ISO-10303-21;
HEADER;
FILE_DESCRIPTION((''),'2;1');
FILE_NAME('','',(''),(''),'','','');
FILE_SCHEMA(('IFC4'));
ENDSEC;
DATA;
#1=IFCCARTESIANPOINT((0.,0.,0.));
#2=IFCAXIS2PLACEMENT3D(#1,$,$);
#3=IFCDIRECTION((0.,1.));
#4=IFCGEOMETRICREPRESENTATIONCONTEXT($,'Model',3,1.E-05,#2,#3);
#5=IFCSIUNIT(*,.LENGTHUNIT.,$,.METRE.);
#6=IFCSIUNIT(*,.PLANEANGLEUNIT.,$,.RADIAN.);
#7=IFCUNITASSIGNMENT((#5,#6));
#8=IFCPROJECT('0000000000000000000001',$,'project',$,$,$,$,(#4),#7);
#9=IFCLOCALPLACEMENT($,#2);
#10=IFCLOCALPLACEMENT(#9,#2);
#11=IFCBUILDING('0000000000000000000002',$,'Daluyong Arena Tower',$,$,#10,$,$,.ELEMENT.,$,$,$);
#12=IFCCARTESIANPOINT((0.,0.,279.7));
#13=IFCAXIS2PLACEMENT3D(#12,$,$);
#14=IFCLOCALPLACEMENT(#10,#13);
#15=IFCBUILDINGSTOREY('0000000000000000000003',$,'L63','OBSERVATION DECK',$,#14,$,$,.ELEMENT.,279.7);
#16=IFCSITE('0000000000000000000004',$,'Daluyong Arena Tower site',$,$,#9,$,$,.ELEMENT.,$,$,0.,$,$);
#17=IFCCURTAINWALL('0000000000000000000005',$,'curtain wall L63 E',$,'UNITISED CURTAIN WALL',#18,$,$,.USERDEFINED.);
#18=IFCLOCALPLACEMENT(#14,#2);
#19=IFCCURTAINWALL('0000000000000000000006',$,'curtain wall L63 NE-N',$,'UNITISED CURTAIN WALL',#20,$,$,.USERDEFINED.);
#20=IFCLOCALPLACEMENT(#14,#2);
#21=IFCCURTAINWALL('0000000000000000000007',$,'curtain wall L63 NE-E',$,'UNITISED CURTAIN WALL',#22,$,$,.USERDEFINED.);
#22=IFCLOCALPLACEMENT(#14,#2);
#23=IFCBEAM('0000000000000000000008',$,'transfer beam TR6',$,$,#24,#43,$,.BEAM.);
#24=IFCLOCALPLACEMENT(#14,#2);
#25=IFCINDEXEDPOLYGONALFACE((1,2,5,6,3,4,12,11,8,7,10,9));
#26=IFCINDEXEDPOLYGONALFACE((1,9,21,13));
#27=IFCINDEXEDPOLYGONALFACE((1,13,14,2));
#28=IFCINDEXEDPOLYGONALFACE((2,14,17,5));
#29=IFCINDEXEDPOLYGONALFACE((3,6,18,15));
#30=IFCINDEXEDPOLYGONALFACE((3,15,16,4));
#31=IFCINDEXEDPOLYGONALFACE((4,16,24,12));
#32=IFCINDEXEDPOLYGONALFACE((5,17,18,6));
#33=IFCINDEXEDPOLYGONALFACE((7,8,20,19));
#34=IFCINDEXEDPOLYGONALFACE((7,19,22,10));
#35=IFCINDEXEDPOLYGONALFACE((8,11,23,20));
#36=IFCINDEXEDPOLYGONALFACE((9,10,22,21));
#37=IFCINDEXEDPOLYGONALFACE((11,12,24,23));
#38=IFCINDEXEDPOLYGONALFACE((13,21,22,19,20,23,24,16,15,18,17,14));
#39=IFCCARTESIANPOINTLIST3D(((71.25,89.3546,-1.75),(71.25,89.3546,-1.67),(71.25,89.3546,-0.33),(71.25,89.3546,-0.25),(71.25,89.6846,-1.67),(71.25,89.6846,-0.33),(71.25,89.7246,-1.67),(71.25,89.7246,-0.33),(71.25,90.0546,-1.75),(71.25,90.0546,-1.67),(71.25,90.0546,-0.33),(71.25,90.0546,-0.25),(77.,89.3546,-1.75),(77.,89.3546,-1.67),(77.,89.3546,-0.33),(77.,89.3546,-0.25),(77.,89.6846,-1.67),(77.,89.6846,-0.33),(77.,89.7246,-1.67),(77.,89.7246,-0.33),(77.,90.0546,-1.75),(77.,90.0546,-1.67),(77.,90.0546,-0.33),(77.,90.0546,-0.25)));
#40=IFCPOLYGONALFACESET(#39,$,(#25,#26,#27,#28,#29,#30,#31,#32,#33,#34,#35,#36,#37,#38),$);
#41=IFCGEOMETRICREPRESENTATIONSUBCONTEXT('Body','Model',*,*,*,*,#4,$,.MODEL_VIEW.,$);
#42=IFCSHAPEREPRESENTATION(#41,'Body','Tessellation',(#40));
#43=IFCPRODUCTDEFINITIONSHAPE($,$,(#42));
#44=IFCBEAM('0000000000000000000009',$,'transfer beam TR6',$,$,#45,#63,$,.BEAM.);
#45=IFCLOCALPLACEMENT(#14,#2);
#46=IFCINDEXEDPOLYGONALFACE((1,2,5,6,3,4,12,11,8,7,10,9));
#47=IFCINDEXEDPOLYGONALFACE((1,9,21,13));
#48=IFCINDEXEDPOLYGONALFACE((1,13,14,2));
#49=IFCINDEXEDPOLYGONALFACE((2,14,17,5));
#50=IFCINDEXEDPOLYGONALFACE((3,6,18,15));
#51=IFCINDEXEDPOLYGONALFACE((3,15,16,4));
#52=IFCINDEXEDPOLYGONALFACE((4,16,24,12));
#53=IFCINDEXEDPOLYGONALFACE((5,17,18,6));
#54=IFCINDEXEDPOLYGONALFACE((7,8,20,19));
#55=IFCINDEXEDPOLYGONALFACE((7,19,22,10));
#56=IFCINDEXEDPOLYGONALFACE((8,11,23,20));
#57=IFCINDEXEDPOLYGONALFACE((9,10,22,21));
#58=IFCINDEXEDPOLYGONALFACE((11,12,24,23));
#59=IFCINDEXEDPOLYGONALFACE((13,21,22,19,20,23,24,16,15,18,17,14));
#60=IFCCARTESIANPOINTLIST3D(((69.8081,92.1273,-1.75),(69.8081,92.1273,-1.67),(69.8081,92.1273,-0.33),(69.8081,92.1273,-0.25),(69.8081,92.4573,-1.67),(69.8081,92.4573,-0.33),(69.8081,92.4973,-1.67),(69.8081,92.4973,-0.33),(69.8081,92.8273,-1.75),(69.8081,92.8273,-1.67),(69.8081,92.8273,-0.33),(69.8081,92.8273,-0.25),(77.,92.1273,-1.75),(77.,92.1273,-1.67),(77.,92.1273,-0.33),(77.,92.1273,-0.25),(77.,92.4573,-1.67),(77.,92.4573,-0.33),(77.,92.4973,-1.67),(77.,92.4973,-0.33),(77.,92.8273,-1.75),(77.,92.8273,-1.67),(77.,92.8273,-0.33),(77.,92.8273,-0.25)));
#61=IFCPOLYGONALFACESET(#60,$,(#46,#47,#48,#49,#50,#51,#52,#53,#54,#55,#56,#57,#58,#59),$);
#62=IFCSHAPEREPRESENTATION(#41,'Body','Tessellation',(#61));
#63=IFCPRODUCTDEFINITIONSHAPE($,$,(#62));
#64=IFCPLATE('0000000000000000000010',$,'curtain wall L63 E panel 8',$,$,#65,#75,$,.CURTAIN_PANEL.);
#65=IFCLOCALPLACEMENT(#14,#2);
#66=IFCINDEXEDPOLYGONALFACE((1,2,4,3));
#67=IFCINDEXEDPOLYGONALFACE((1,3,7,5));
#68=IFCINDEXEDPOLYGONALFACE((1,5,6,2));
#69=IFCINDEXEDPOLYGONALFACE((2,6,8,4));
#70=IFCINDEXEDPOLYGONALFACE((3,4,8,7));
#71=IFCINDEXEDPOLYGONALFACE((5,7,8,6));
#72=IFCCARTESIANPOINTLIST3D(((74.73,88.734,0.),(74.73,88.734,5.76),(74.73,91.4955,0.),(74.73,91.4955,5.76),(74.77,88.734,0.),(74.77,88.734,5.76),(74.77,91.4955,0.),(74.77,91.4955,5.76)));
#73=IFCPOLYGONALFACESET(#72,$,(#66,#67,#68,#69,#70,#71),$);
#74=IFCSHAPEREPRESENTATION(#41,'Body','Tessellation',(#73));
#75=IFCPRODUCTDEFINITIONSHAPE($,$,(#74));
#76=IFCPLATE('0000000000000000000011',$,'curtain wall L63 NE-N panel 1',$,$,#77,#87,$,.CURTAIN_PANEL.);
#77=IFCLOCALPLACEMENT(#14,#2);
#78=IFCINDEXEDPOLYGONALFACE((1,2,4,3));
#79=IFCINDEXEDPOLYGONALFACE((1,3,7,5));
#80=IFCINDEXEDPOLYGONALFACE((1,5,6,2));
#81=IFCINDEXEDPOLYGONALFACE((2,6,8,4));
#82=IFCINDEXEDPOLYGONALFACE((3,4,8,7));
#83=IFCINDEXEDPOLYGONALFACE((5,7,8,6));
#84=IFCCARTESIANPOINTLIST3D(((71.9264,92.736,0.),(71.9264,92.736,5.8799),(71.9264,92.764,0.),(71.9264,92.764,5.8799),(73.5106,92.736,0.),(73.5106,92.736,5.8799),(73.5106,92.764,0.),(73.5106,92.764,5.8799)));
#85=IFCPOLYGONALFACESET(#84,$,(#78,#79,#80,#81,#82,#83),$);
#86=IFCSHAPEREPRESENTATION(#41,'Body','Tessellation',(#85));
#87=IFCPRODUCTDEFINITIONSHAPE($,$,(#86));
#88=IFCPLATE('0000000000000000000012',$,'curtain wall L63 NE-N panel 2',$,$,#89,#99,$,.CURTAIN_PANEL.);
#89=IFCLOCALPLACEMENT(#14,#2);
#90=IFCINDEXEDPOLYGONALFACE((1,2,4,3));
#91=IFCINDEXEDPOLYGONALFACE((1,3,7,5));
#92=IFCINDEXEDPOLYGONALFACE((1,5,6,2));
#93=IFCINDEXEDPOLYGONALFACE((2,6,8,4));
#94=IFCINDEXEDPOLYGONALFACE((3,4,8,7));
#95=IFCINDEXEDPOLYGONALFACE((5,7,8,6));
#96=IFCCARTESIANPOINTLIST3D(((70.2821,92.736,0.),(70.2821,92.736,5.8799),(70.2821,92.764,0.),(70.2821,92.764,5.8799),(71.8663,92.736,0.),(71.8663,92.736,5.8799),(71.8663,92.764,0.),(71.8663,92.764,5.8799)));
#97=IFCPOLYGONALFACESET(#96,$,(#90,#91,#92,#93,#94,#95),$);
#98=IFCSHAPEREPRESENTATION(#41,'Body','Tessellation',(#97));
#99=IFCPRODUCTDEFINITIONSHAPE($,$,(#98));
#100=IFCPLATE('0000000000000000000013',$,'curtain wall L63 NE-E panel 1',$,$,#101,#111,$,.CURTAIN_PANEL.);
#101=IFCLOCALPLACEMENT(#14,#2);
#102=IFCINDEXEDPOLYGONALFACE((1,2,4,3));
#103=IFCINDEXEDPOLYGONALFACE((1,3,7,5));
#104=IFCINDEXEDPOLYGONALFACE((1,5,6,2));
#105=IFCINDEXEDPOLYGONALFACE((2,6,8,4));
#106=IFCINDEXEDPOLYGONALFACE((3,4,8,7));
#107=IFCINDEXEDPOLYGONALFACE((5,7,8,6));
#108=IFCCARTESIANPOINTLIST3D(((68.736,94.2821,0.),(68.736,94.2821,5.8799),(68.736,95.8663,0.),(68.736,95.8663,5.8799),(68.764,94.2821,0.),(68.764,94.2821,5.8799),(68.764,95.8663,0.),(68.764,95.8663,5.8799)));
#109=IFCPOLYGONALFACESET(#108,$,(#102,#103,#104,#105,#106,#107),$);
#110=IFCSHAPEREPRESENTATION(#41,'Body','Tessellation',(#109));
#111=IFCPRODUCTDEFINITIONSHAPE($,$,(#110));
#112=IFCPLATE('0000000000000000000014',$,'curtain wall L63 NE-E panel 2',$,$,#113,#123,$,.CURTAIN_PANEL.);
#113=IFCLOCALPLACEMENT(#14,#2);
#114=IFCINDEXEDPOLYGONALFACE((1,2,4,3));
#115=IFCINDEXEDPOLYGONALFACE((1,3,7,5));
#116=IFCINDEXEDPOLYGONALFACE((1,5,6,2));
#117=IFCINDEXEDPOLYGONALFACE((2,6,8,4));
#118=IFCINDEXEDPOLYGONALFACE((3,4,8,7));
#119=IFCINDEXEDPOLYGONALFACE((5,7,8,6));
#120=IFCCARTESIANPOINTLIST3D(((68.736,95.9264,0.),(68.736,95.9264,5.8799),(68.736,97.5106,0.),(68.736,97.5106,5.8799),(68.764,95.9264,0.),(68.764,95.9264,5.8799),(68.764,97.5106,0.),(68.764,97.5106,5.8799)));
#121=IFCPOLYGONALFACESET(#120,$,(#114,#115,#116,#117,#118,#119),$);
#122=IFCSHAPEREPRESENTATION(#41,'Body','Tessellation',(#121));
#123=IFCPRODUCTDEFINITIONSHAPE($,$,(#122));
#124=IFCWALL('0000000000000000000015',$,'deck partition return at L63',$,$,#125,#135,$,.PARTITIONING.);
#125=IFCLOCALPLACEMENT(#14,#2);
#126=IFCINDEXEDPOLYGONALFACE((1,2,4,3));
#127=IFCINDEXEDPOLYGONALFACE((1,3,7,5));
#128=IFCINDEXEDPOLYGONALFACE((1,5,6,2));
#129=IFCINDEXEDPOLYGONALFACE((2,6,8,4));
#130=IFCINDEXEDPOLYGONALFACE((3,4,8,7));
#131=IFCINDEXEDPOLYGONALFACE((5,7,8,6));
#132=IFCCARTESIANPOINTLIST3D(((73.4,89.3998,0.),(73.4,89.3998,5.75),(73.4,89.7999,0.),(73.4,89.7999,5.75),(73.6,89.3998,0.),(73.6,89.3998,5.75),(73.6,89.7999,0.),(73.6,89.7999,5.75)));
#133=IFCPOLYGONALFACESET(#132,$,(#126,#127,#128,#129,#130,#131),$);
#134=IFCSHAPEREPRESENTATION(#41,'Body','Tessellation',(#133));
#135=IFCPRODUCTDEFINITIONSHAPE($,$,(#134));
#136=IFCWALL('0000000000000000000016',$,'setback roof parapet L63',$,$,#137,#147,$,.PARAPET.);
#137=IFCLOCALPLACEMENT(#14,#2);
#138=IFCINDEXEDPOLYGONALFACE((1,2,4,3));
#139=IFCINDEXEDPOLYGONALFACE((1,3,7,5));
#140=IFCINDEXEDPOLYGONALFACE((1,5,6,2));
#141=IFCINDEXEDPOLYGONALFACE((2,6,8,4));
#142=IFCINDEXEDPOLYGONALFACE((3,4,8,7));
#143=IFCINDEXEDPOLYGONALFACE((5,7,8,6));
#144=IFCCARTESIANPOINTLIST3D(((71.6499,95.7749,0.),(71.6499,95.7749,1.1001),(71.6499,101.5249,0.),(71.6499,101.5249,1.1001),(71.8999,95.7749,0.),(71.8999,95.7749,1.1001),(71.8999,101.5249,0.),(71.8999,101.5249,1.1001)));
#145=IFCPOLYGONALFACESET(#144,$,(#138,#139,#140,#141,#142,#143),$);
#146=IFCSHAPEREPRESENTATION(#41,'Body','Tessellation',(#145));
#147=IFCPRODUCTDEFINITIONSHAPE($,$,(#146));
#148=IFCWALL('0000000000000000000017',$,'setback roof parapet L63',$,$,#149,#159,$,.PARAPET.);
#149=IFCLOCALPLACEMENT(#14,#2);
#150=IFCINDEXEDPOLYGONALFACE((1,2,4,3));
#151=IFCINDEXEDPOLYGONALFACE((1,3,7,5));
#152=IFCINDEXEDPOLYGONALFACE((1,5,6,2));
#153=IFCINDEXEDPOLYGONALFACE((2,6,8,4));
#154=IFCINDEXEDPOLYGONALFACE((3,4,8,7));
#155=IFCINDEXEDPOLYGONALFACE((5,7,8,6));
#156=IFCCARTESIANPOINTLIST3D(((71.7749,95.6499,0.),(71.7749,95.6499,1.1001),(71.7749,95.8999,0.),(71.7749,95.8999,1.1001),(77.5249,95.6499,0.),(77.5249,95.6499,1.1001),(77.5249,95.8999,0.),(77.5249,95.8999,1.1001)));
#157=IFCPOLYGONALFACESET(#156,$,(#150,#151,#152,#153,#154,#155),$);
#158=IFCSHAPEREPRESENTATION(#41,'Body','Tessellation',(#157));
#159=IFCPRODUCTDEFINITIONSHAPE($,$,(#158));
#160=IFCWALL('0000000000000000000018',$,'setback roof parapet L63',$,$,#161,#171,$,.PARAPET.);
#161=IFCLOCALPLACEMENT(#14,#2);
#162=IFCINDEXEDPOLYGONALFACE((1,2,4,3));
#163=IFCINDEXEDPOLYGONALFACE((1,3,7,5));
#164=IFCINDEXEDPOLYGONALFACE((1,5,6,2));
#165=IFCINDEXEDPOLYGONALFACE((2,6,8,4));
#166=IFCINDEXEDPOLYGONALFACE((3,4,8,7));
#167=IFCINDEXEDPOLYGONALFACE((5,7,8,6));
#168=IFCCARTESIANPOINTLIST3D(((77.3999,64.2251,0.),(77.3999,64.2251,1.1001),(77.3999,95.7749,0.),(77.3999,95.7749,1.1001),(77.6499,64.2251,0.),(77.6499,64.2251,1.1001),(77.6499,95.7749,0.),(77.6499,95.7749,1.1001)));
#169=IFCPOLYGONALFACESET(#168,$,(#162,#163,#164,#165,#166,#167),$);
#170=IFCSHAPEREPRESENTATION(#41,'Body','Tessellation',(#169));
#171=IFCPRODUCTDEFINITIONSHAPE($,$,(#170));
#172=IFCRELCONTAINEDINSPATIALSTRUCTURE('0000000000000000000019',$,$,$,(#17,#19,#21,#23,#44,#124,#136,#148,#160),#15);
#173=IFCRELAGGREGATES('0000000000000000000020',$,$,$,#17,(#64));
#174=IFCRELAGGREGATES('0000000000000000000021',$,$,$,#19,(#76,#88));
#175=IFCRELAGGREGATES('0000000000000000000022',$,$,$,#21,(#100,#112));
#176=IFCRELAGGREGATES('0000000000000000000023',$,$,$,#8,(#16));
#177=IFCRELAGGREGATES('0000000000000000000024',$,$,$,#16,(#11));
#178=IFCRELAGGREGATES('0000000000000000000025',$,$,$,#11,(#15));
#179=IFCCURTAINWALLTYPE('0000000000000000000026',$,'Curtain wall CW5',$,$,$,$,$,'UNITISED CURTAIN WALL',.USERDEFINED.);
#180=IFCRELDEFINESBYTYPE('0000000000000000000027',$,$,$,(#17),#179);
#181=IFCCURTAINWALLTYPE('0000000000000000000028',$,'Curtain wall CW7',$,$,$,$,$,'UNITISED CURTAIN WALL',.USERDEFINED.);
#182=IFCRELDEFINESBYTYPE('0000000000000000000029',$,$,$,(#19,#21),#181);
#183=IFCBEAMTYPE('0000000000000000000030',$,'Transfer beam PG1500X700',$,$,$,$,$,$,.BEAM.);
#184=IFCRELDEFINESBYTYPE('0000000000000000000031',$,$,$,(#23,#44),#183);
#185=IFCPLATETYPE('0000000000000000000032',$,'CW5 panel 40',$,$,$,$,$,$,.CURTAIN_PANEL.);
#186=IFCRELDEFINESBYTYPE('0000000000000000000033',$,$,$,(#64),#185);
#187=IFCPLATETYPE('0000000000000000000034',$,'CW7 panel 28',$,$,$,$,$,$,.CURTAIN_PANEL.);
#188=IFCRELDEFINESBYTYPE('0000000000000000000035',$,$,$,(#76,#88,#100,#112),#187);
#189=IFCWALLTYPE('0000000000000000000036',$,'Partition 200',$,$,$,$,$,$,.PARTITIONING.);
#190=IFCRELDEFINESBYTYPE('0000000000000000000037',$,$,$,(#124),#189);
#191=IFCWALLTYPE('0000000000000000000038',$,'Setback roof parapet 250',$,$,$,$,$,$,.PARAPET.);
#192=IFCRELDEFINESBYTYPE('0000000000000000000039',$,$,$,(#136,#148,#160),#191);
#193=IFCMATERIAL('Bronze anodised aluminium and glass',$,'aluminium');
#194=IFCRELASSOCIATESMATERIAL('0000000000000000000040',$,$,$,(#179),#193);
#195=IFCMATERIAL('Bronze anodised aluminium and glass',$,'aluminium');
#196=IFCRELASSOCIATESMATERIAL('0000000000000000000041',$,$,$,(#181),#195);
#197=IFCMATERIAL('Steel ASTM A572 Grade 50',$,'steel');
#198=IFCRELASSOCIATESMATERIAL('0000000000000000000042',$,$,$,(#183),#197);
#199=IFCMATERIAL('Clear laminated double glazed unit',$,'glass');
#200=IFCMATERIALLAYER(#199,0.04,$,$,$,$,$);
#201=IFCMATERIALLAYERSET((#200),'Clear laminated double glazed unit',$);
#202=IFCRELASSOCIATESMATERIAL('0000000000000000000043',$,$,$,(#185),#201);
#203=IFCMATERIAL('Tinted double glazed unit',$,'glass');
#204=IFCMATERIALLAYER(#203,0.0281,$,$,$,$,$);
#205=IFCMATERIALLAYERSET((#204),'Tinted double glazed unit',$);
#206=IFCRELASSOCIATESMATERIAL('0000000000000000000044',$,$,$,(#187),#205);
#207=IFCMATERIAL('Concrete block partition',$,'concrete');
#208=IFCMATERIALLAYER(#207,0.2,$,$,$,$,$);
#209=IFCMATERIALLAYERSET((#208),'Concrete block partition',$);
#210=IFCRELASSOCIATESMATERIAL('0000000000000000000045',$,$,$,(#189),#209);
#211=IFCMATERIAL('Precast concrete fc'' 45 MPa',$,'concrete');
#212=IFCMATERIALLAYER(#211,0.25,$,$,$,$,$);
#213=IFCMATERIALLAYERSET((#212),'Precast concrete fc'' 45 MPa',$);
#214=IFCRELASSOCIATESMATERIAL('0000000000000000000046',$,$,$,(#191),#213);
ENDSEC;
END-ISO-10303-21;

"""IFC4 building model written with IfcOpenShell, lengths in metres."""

from ifc_helpers import new_model, si_unit, direction, frame, frame_2d, origin, origin_2d, place, context, subcontext, project, spatial, rectangle, i_section, extrude, material, layer, layer_set, material_profile, profile_set, type_object, element, aggregate, save


model = new_model("IFC4")

# Units and contexts
model_context = context("Model", 3, precision=1e-05, world=origin(), true_north=direction((0.0, 1.0)))
body_context = subcontext(model_context, "Body", "Model", "MODEL_VIEW")
ifc_project = project(units=[si_unit("LENGTHUNIT", "METRE"), si_unit("PLANEANGLEUNIT", "RADIAN")], contexts=[model_context])

# Site, building, storey
site_placement = place(None, origin())
site = spatial("IfcSite", under=ifc_project, at=site_placement, Name="Daluyong Arena Tower site", CompositionType="ELEMENT", RefElevation=0.0)
building_placement = place(site_placement, origin())
building = spatial("IfcBuilding", under=site, at=building_placement, Name="Daluyong Arena Tower", CompositionType="ELEMENT")
storey_placement = place(building_placement, frame((0.0, 0.0, 279.7)))
storey = spatial("IfcBuildingStorey", under=building, at=storey_placement, Name="L63", Description="OBSERVATION DECK", CompositionType="ELEMENT", Elevation=279.7)

# Curtain wall
ifc_material_1 = material(Name="Bronze anodised aluminium and glass", Category="aluminium")
curtain_wall_type_1 = type_object("IfcCurtainWallType", Name="Curtain wall CW5", ElementType="UNITISED CURTAIN WALL", PredefinedType="USERDEFINED", material=ifc_material_1)
curtain_wall_1_placement = place(storey_placement, origin())
curtain_wall_1 = element("IfcCurtainWall", 1, at=curtain_wall_1_placement, inside=storey, type_object=curtain_wall_type_1, Name="curtain wall L63 E", ObjectType="UNITISED CURTAIN WALL", PredefinedType="USERDEFINED")

# Curtain walls
ifc_material_2 = material(Name="Bronze anodised aluminium and glass", Category="aluminium")
curtain_wall_type_2 = type_object("IfcCurtainWallType", Name="Curtain wall CW7", ElementType="UNITISED CURTAIN WALL", PredefinedType="USERDEFINED", material=ifc_material_2)
curtain_wall_2_placement = place(storey_placement, origin())
curtain_wall_2 = element("IfcCurtainWall", 2, at=curtain_wall_2_placement, inside=storey, type_object=curtain_wall_type_2, Name="curtain wall L63 NE-N", ObjectType="UNITISED CURTAIN WALL", PredefinedType="USERDEFINED")
curtain_wall_3_placement = place(storey_placement, origin())
curtain_wall_3 = element("IfcCurtainWall", 3, at=curtain_wall_3_placement, inside=storey, type_object=curtain_wall_type_2, Name="curtain wall L63 NE-E", ObjectType="UNITISED CURTAIN WALL", PredefinedType="USERDEFINED")

# Beams
ifc_material_3 = material(Name="Steel ASTM A572 Grade 50", Category="steel")
ifc_material_profile_1 = material_profile(ifc_material_3, i_section(OverallWidth=0.7, OverallDepth=1.5, WebThickness=0.04, FlangeThickness=0.08, at=origin_2d()))
ifc_profile_set_1 = profile_set([ifc_material_profile_1], Name="Steel ASTM A572 Grade 50")
beam_type_1 = type_object("IfcBeamType", Name="Transfer beam PG1500X700", PredefinedType="BEAM", material=ifc_profile_set_1)
beam_1_placement = place(storey_placement, frame((77.0, 89.7046, -1.0), z_axis=(-1.0, 0.0, 0.0), x_axis=(0.0, -1.0, 0.0)))
element("IfcBeam", 4, at=beam_1_placement, inside=storey, type_object=beam_type_1, Name="transfer beam TR6", PredefinedType="BEAM", context=body_context, shape_type="SweptSolid", body=[
    extrude(i_section(OverallWidth=0.7, OverallDepth=1.5, WebThickness=0.04, FlangeThickness=0.08, at=origin_2d()), origin(), (0.0, 0.0, 1.0), 5.75),
])
beam_2_placement = place(storey_placement, frame((77.0, 92.4773, -1.0), z_axis=(-1.0, 0.0, 0.0), x_axis=(0.0, -1.0, 0.0)))
element("IfcBeam", 5, at=beam_2_placement, inside=storey, type_object=beam_type_1, Name="transfer beam TR6", PredefinedType="BEAM", context=body_context, shape_type="SweptSolid", body=[
    extrude(i_section(OverallWidth=0.7, OverallDepth=1.5, WebThickness=0.04, FlangeThickness=0.08, at=origin_2d()), origin(), (0.0, 0.0, 1.0), 7.1919),
])

# Plates
ifc_material_4 = material(Name="Clear laminated double glazed unit", Category="glass")
ifc_layer_1 = layer(ifc_material_4, 0.04)
ifc_layer_set_1 = layer_set([ifc_layer_1], Name="Clear laminated double glazed unit")
plate_type_1 = type_object("IfcPlateType", Name="CW5 panel 40", PredefinedType="CURTAIN_PANEL", material=ifc_layer_set_1)
plate_1_placement = place(storey_placement, frame((74.75, 90.1147, 0.0), z_axis=(0.0, 0.0, 1.0), x_axis=(0.0, 1.0, 0.0)))
plate_1 = element("IfcPlate", 6, at=plate_1_placement, type_object=plate_type_1, Name="curtain wall L63 E panel 8", PredefinedType="CURTAIN_PANEL", context=body_context, shape_type="SweptSolid", body=[
    extrude(rectangle(XDim=2.7615, YDim=0.04, at=origin_2d()), origin(), (0.0, 0.0, 1.0), 5.76),
])
aggregate(curtain_wall_1, [plate_1])
ifc_material_5 = material(Name="Tinted double glazed unit", Category="glass")
ifc_layer_2 = layer(ifc_material_5, 0.0281)
ifc_layer_set_2 = layer_set([ifc_layer_2], Name="Tinted double glazed unit")
plate_type_2 = type_object("IfcPlateType", Name="CW7 panel 28", PredefinedType="CURTAIN_PANEL", material=ifc_layer_set_2)
plate_2_placement = place(storey_placement, frame((72.7185, 92.75, 0.0), z_axis=(0.0, 0.0, 1.0), x_axis=(-1.0, 0.0, 0.0)))
plate_2 = element("IfcPlate", 7, at=plate_2_placement, type_object=plate_type_2, Name="curtain wall L63 NE-N panel 1", PredefinedType="CURTAIN_PANEL", context=body_context, shape_type="SweptSolid", body=[
    extrude(rectangle(XDim=1.5842, YDim=0.0281, at=origin_2d()), origin(), (0.0, 0.0, 1.0), 5.8799),
])
plate_3_placement = place(storey_placement, frame((71.0742, 92.75, 0.0), z_axis=(0.0, 0.0, 1.0), x_axis=(-1.0, 0.0, 0.0)))
plate_3 = element("IfcPlate", 8, at=plate_3_placement, type_object=plate_type_2, Name="curtain wall L63 NE-N panel 2", PredefinedType="CURTAIN_PANEL", context=body_context, shape_type="SweptSolid", body=[
    extrude(rectangle(XDim=1.5842, YDim=0.0281, at=origin_2d()), origin(), (0.0, 0.0, 1.0), 5.8799),
])
aggregate(curtain_wall_2, [plate_2, plate_3])
plate_4_placement = place(storey_placement, frame((68.75, 95.0742, 0.0), z_axis=(0.0, 0.0, 1.0), x_axis=(0.0, 1.0, 0.0)))
plate_4 = element("IfcPlate", 9, at=plate_4_placement, type_object=plate_type_2, Name="curtain wall L63 NE-E panel 1", PredefinedType="CURTAIN_PANEL", context=body_context, shape_type="SweptSolid", body=[
    extrude(rectangle(XDim=1.5842, YDim=0.0281, at=origin_2d()), origin(), (0.0, 0.0, 1.0), 5.8799),
])
plate_5_placement = place(storey_placement, frame((68.75, 96.7185, 0.0), z_axis=(0.0, 0.0, 1.0), x_axis=(0.0, 1.0, 0.0)))
plate_5 = element("IfcPlate", 10, at=plate_5_placement, type_object=plate_type_2, Name="curtain wall L63 NE-E panel 2", PredefinedType="CURTAIN_PANEL", context=body_context, shape_type="SweptSolid", body=[
    extrude(rectangle(XDim=1.5842, YDim=0.0281, at=origin_2d()), origin(), (0.0, 0.0, 1.0), 5.8799),
])
aggregate(curtain_wall_3, [plate_4, plate_5])

# Shared definitions
ifc_material_6 = material(Name="Concrete block partition", Category="concrete")
ifc_layer_3 = layer(ifc_material_6, 0.2)
ifc_layer_set_3 = layer_set([ifc_layer_3], Name="Concrete block partition")
wall_type_1 = type_object("IfcWallType", Name="Partition 200", PredefinedType="PARTITIONING", material=ifc_layer_set_3)

# Walls
wall_1_placement = place(storey_placement, frame((73.5, 89.8, 0.0), z_axis=(0.0, 0.0, 1.0), x_axis=(0.0, -1.0, 0.0)))
element("IfcWall", 11, at=wall_1_placement, inside=storey, type_object=wall_type_1, Name="deck partition return at L63", PredefinedType="PARTITIONING", context=body_context, shape_type="SweptSolid", body=[
    extrude(rectangle(XDim=0.4001, YDim=0.2, at=frame_2d((0.2002, 0.0))), origin(), (0.0, 0.0, 1.0), 5.75),
])
ifc_material_7 = material(Name="Precast concrete fc' 45 MPa", Category="concrete")
ifc_layer_4 = layer(ifc_material_7, 0.25)
ifc_layer_set_4 = layer_set([ifc_layer_4], Name="Precast concrete fc' 45 MPa")
wall_type_2 = type_object("IfcWallType", Name="Setback roof parapet 250", PredefinedType="PARAPET", material=ifc_layer_set_4)
for number, where, z_axis, x_axis, name in (
    (12, (71.7749, 101.5249, 0.0), (0.0, 0.0, 1.0), (0.0, -1.0, 0.0), "setback roof parapet L63"),
    (13, (71.7749, 95.7749, 0.0), (0.0, 0.0, 1.0), (1.0, 0.0, 0.0), "setback roof parapet L63"),
):
    element("IfcWall", number, at=place(storey_placement, frame(where, z_axis=z_axis, x_axis=x_axis)), inside=storey, type_object=wall_type_2, Name=name, PredefinedType="PARAPET", context=body_context, shape_type="SweptSolid", body=[
        extrude(rectangle(XDim=5.75, YDim=0.25, at=frame_2d((2.875, 0.0))), origin(), (0.0, 0.0, 1.0), 1.1001),
    ])
wall_2_placement = place(storey_placement, frame((77.5249, 95.7749, 0.0), z_axis=(0.0, 0.0, 1.0), x_axis=(0.0, -1.0, 0.0)))
element("IfcWall", 14, at=wall_2_placement, inside=storey, type_object=wall_type_2, Name="setback roof parapet L63", PredefinedType="PARAPET", context=body_context, shape_type="SweptSolid", body=[
    extrude(rectangle(XDim=31.5498, YDim=0.25, at=frame_2d((15.7749, 0.0))), origin(), (0.0, 0.0, 1.0), 1.1001),
])

save(model, "model.ifc")
